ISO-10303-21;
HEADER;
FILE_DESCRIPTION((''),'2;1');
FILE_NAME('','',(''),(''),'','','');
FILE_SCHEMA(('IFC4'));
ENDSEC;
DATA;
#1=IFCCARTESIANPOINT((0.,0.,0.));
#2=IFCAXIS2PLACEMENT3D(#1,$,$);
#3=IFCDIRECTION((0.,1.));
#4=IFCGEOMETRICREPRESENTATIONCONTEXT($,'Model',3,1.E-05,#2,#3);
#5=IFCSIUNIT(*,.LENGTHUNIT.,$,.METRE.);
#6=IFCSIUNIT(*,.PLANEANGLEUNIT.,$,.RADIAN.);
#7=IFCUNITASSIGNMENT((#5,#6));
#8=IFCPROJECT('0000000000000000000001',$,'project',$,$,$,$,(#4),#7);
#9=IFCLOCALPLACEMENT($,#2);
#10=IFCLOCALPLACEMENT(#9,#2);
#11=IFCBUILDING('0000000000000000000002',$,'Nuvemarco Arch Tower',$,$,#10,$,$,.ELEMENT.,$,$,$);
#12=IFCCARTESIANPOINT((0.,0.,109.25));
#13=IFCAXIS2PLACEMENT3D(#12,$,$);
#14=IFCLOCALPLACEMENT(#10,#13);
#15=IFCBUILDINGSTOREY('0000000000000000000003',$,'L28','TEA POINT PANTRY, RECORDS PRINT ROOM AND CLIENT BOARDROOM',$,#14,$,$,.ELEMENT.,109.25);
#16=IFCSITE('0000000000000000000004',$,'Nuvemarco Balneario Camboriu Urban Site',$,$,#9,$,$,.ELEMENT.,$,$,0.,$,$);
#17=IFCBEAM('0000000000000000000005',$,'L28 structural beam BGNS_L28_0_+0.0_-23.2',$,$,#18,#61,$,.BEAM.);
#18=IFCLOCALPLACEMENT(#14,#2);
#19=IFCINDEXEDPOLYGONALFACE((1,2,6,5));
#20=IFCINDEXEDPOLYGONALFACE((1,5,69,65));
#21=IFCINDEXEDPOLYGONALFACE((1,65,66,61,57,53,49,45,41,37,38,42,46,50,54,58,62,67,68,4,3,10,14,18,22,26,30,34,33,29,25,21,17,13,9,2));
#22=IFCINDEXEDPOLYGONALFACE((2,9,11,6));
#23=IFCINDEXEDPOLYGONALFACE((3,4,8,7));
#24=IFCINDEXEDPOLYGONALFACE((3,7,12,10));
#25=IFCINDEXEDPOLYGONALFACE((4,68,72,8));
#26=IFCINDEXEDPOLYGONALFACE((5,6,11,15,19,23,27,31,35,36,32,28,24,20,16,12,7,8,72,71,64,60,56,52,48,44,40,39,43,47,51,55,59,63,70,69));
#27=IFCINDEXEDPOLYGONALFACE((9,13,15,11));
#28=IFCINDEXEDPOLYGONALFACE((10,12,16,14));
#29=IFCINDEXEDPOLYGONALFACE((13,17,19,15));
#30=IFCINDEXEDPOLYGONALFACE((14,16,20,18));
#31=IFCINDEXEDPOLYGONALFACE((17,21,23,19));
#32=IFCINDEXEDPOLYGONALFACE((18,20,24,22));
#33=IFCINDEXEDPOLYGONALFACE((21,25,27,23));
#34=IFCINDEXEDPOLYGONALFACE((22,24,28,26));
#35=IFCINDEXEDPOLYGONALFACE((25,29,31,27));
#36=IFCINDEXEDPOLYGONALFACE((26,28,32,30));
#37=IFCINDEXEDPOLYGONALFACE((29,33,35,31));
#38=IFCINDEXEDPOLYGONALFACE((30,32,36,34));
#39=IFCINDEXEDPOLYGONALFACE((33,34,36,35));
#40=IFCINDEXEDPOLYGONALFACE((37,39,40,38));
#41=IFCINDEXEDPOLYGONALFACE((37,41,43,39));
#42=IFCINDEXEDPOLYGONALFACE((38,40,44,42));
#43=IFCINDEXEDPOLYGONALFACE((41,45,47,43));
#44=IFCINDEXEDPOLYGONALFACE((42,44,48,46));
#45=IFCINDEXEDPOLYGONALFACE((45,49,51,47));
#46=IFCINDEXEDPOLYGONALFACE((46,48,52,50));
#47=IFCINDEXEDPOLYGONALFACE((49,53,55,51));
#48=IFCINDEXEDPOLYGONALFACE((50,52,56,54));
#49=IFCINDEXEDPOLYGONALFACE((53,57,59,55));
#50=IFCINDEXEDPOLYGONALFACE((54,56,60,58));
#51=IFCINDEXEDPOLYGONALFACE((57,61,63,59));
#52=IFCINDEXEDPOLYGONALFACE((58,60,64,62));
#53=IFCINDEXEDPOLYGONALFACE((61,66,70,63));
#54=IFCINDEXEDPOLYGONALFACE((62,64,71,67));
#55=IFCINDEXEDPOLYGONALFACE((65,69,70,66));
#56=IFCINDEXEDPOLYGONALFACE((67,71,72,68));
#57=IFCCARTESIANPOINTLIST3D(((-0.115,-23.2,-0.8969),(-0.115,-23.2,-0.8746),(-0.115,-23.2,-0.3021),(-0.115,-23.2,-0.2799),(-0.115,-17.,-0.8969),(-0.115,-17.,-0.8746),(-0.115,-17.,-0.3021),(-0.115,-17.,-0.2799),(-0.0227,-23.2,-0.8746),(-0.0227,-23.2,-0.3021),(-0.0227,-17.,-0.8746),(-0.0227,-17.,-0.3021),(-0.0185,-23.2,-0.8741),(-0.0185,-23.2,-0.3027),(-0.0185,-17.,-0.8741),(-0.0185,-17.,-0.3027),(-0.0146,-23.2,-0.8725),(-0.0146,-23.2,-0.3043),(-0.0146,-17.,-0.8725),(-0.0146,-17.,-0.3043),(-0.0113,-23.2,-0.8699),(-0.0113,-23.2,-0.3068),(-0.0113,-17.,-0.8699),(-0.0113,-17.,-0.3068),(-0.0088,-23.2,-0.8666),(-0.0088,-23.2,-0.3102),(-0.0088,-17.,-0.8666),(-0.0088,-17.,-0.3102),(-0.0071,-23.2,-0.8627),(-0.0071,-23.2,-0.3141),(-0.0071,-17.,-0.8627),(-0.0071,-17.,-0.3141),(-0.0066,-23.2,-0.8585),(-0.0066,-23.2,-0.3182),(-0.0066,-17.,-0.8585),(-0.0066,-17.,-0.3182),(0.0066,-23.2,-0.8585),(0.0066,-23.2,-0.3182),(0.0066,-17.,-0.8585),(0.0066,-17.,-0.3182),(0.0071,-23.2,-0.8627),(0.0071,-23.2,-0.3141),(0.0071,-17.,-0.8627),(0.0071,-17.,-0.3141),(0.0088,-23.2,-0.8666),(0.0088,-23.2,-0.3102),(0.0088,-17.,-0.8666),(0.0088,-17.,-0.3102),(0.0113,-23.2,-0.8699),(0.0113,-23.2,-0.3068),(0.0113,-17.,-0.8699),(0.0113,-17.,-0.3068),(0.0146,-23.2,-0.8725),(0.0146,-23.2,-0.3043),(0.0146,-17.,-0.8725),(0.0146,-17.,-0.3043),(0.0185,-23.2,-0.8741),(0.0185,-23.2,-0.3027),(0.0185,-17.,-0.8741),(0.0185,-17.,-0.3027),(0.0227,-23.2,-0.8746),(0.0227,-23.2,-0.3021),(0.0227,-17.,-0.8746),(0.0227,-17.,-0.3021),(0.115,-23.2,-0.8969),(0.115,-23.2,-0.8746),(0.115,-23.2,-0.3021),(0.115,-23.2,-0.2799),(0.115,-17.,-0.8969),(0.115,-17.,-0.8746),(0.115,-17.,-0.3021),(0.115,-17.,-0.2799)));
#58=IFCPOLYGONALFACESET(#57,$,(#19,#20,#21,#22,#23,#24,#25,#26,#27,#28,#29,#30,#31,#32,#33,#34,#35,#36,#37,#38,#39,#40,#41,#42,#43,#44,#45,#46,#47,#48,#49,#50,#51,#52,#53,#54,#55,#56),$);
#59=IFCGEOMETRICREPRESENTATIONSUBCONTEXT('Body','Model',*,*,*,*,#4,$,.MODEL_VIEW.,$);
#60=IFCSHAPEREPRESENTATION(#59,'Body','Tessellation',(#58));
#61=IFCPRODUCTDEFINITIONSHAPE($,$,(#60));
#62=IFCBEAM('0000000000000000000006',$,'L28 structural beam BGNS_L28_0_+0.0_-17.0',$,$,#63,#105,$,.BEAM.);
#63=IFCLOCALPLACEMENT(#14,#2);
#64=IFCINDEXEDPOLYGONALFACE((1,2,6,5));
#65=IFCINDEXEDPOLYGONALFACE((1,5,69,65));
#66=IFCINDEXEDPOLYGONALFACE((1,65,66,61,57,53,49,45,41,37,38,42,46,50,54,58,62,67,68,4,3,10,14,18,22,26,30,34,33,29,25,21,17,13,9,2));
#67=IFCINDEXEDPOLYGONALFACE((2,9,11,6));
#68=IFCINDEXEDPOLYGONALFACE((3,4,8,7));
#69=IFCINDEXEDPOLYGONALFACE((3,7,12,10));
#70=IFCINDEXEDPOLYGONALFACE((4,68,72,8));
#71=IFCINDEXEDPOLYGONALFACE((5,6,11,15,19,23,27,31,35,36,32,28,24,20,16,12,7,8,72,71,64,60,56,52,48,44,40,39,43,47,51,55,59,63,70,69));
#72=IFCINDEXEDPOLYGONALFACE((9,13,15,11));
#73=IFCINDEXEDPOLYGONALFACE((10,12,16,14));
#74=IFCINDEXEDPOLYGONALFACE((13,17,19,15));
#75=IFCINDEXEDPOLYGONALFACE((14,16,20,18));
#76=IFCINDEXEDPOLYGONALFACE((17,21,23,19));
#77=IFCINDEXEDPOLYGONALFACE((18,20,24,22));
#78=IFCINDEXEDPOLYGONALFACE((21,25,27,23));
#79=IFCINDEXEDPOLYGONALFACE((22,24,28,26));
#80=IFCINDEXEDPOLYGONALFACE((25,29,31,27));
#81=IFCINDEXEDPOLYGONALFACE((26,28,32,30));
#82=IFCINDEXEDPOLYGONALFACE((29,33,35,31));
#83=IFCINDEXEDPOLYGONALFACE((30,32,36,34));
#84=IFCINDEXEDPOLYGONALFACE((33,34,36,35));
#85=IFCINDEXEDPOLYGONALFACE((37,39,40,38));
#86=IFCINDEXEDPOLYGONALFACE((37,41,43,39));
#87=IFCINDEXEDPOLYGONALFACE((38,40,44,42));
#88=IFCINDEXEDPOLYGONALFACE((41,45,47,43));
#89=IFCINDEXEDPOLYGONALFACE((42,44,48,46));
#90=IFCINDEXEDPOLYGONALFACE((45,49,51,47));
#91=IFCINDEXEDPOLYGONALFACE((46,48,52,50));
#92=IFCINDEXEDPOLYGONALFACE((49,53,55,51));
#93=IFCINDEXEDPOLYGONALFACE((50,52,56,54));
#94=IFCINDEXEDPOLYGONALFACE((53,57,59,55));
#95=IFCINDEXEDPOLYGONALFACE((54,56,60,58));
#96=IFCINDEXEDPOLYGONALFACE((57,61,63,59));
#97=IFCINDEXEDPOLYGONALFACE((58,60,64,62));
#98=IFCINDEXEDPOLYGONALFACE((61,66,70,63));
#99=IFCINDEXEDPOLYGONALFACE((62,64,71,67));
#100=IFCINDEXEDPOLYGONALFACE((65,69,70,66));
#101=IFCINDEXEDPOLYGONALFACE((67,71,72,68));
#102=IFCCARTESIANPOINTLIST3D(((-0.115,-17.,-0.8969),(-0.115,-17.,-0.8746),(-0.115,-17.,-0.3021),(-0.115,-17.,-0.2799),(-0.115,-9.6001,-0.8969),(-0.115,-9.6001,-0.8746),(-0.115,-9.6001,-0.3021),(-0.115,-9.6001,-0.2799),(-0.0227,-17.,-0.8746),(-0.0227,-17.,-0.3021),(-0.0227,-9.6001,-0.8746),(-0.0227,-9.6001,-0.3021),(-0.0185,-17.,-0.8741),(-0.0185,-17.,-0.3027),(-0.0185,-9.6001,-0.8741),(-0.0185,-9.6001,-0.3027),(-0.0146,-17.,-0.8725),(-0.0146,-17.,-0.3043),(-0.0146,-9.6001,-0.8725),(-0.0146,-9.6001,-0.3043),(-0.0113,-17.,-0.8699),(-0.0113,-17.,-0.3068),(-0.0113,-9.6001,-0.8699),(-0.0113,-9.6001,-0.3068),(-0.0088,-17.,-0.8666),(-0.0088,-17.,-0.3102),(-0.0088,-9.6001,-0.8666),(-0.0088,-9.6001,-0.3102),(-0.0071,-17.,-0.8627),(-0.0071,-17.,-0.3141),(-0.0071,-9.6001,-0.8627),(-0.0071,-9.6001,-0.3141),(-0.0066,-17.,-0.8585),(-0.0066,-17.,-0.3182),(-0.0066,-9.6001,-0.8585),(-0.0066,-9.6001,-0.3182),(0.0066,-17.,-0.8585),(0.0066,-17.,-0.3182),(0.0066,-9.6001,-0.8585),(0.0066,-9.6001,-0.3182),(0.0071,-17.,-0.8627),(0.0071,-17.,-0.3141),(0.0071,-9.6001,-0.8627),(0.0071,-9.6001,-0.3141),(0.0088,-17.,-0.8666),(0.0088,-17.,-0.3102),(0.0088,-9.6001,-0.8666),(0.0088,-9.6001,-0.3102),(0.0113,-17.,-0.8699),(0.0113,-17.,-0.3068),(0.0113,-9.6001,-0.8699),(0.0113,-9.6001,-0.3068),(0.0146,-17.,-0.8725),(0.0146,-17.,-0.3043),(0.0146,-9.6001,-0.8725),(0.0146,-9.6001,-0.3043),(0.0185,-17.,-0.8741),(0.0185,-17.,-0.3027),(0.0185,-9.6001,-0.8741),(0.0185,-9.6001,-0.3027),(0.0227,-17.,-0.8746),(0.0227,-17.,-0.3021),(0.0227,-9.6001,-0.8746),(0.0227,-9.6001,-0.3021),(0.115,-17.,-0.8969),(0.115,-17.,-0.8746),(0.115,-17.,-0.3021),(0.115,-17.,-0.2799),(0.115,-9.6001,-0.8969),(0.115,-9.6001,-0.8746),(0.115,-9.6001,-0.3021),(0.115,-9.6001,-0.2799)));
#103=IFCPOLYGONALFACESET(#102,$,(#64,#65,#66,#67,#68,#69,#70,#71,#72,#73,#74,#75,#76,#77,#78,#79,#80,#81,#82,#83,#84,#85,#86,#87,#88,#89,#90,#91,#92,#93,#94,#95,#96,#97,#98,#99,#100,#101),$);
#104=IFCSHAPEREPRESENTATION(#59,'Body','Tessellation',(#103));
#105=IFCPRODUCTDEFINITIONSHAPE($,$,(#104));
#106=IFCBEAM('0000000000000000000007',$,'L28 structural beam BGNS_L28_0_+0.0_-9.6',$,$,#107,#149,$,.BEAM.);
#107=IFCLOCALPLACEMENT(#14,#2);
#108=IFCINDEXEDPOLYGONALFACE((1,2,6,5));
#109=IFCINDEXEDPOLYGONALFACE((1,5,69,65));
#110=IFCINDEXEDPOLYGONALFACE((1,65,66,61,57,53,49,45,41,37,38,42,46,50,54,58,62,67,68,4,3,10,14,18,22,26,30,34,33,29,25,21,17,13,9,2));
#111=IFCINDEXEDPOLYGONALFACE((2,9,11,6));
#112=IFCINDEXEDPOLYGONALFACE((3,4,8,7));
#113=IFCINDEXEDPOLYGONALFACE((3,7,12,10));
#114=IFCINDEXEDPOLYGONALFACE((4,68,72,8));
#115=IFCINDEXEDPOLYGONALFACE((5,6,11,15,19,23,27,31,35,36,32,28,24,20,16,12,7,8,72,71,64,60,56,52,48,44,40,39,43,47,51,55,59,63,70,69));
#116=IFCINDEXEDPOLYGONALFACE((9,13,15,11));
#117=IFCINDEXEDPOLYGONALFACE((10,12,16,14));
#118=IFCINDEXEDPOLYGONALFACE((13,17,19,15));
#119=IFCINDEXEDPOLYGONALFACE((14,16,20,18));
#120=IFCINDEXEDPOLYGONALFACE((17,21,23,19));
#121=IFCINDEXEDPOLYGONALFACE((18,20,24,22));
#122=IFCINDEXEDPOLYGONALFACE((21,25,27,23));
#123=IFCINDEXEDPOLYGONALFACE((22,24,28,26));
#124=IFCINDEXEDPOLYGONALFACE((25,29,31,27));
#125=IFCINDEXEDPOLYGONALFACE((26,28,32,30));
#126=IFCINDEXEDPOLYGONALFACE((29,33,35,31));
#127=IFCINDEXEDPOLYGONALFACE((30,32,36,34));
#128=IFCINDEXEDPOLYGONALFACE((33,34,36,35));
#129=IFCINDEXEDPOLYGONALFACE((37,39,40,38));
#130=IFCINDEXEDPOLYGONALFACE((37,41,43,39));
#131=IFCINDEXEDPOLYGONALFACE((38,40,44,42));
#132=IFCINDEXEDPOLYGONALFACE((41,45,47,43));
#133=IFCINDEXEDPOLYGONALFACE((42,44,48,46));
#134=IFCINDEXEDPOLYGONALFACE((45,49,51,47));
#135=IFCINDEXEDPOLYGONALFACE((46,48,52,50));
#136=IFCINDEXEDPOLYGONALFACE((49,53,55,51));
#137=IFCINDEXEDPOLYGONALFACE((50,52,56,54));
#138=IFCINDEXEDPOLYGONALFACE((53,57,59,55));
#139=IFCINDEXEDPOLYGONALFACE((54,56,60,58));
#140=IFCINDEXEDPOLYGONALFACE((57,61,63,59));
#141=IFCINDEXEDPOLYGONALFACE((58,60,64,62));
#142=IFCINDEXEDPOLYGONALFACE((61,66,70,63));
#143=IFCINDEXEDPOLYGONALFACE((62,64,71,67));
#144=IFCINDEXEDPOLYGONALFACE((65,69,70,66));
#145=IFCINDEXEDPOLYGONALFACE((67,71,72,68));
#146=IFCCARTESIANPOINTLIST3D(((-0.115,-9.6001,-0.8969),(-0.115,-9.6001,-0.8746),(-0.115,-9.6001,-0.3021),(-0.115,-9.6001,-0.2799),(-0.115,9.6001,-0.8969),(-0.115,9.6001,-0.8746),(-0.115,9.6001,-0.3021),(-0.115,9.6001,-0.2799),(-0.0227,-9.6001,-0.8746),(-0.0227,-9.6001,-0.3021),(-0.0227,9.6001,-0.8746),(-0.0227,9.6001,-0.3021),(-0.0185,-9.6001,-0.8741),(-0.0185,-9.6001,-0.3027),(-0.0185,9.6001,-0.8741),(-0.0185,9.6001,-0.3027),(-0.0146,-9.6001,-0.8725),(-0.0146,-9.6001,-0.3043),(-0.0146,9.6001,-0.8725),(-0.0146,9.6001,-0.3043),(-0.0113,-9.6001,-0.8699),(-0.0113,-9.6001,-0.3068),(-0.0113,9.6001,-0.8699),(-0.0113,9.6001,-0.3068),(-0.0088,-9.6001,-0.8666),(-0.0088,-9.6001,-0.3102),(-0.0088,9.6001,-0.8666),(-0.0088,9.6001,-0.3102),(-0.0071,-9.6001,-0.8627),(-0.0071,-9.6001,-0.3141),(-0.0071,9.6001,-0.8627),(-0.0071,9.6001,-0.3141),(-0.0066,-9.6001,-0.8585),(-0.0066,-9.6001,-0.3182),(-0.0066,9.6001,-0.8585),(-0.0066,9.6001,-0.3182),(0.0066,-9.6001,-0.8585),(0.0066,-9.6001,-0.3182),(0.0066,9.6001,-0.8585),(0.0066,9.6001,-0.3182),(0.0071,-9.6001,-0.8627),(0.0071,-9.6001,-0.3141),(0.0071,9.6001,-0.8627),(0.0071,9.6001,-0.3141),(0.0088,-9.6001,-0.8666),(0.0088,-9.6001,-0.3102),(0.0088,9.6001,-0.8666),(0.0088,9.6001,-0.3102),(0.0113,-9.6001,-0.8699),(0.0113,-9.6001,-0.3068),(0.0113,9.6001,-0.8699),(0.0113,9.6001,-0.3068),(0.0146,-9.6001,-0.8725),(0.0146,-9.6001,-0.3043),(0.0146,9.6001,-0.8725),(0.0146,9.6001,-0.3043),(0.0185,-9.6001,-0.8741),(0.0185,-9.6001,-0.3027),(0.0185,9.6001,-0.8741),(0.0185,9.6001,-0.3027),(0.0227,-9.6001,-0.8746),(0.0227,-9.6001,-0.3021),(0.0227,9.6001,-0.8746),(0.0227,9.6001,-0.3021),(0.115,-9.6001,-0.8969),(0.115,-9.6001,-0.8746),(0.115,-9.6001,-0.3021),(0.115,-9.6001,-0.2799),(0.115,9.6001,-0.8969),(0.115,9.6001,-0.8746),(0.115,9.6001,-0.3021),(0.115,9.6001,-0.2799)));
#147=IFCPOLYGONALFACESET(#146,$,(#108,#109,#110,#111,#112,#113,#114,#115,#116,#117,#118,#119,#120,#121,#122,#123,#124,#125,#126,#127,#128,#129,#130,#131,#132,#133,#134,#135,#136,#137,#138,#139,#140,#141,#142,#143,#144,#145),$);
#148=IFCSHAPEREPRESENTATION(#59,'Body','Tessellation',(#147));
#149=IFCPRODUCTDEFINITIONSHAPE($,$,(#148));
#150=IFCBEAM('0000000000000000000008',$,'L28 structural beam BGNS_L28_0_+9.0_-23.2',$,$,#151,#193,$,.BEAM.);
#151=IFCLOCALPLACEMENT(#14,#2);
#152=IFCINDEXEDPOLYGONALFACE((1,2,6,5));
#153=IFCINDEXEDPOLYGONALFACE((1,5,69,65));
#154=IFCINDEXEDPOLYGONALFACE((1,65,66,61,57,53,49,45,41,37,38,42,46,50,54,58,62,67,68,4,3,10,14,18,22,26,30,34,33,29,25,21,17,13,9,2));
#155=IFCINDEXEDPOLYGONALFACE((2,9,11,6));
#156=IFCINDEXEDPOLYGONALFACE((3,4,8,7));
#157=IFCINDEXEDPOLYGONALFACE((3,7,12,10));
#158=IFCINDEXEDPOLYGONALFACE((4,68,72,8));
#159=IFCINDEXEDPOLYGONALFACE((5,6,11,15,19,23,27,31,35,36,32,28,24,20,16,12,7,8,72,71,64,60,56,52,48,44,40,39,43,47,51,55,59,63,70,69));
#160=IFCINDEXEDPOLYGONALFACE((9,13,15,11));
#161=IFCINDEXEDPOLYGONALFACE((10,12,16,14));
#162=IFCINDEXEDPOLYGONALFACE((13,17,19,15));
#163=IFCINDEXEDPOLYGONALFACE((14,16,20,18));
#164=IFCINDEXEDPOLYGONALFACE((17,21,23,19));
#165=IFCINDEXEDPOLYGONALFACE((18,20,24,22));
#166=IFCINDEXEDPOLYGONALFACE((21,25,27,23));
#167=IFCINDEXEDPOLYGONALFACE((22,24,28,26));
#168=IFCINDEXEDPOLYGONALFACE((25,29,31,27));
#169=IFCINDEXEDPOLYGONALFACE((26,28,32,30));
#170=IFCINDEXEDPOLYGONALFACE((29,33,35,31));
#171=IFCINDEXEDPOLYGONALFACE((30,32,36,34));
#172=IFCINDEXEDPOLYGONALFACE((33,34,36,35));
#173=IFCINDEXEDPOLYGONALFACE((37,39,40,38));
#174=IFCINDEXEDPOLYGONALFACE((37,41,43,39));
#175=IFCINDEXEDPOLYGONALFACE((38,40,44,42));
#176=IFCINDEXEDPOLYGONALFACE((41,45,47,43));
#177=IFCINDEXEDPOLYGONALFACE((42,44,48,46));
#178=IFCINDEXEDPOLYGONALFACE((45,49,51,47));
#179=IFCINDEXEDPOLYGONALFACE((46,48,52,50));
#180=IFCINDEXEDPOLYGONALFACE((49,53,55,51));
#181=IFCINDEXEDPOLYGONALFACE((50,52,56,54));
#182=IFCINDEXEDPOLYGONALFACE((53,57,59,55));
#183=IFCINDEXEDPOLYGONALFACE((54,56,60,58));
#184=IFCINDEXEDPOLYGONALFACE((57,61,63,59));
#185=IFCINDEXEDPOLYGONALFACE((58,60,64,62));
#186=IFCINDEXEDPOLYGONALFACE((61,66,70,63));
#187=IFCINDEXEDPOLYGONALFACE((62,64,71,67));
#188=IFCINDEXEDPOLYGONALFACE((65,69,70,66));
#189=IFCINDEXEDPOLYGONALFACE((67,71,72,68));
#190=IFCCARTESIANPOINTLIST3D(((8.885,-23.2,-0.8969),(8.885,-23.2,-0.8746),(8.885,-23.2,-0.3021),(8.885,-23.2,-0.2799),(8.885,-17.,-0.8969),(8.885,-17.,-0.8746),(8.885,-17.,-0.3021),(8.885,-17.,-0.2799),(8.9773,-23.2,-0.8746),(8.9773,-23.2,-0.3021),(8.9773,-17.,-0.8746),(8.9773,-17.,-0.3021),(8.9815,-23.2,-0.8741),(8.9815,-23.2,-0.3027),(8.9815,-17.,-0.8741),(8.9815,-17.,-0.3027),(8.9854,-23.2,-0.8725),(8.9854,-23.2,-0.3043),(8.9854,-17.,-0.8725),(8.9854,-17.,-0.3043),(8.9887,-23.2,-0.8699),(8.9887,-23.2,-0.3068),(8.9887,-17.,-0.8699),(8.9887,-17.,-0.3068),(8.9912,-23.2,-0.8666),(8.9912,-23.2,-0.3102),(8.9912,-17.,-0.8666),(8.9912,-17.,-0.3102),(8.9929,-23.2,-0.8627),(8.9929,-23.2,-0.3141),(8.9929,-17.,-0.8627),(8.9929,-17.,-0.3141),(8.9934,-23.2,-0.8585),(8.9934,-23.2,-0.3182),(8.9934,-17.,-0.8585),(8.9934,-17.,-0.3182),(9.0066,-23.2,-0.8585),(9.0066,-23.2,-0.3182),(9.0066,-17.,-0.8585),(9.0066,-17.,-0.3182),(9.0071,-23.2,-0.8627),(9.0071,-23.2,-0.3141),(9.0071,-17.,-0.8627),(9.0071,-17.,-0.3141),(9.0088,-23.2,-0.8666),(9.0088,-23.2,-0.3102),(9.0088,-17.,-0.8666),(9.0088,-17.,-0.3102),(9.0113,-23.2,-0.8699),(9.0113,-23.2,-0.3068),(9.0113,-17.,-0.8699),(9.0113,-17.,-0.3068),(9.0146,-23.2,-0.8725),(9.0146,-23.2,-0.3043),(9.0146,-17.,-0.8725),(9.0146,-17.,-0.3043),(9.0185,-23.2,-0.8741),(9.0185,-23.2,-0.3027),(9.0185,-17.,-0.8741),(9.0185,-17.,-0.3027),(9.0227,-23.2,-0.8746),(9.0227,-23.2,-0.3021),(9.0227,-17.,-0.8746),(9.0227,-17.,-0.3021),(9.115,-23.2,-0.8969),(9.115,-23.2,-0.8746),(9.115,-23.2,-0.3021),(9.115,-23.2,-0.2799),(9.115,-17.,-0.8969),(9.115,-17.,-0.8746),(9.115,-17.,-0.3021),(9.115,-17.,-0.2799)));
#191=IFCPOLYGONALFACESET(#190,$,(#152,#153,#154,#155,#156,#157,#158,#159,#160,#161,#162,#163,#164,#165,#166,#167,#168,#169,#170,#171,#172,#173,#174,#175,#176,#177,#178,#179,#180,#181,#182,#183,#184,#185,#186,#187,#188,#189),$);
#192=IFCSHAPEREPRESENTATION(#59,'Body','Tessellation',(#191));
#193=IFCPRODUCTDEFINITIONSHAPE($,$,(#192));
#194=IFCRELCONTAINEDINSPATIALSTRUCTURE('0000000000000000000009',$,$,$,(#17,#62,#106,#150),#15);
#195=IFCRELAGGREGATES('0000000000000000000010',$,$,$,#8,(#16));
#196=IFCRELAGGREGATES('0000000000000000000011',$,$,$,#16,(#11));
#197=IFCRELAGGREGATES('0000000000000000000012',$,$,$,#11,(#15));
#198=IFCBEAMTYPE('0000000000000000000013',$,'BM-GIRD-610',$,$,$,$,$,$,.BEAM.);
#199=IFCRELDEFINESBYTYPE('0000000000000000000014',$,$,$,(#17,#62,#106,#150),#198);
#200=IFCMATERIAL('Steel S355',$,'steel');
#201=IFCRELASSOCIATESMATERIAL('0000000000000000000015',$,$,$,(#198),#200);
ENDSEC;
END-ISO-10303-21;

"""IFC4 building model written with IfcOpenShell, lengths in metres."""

from ifc_helpers import new_model, si_unit, direction, frame, origin, origin_2d, place, context, subcontext, project, spatial, i_section, extrude, material, material_profile, profile_set, type_object, element, save


model = new_model("IFC4")

# Units and contexts
model_context = context("Model", 3, precision=1e-05, world=origin(), true_north=direction((0.0, 1.0)))
body_context = subcontext(model_context, "Body", "Model", "MODEL_VIEW")
ifc_project = project(units=[si_unit("LENGTHUNIT", "METRE"), si_unit("PLANEANGLEUNIT", "RADIAN")], contexts=[model_context])

# Site, building, storey
site_placement = place(None, origin())
site = spatial("IfcSite", under=ifc_project, at=site_placement, Name="Nuvemarco Balneario Camboriu Urban Site", CompositionType="ELEMENT", RefElevation=0.0)
building_placement = place(site_placement, origin())
building = spatial("IfcBuilding", under=site, at=building_placement, Name="Nuvemarco Arch Tower", CompositionType="ELEMENT")
storey_placement = place(building_placement, frame((0.0, 0.0, 109.25)))
storey = spatial("IfcBuildingStorey", under=building, at=storey_placement, Name="L28", Description="TEA POINT PANTRY, RECORDS PRINT ROOM AND CLIENT BOARDROOM", CompositionType="ELEMENT", Elevation=109.25)

# Shared definitions
ifc_material_1 = material(Name="Steel S355", Category="steel")

# Beams
ifc_material_profile_1 = material_profile(ifc_material_1, i_section(OverallWidth=0.23, OverallDepth=0.6169, WebThickness=0.0132, FlangeThickness=0.0222, FilletRadius=0.0161, at=origin_2d()), Name="W610x140")
ifc_profile_set_1 = profile_set([ifc_material_profile_1], Name="Steel S355")
beam_type_1 = type_object("IfcBeamType", Name="BM-GIRD-610", PredefinedType="BEAM", material=ifc_profile_set_1)
beam_1_placement = place(storey_placement, frame((0.0, -23.2, -0.5884), z_axis=(0.0, 1.0, 0.0), x_axis=(-1.0, 0.0, 0.0)))
element("IfcBeam", 1, at=beam_1_placement, inside=storey, type_object=beam_type_1, Name="L28 structural beam BGNS_L28_0_+0.0_-23.2", PredefinedType="BEAM", context=body_context, shape_type="SweptSolid", body=[
    extrude(i_section(OverallWidth=0.23, OverallDepth=0.6169, WebThickness=0.0132, FlangeThickness=0.0222, FilletRadius=0.0161, at=origin_2d()), origin(), (0.0, 0.0, 1.0), 6.2),
])
beam_2_placement = place(storey_placement, frame((0.0, -17.0, -0.5884), z_axis=(0.0, 1.0, 0.0), x_axis=(-1.0, 0.0, 0.0)))
element("IfcBeam", 2, at=beam_2_placement, inside=storey, type_object=beam_type_1, Name="L28 structural beam BGNS_L28_0_+0.0_-17.0", PredefinedType="BEAM", context=body_context, shape_type="SweptSolid", body=[
    extrude(i_section(OverallWidth=0.23, OverallDepth=0.6169, WebThickness=0.0132, FlangeThickness=0.0222, FilletRadius=0.0161, at=origin_2d()), origin(), (0.0, 0.0, 1.0), 7.3999),
])
beam_3_placement = place(storey_placement, frame((0.0, -9.6001, -0.5884), z_axis=(0.0, 1.0, 0.0), x_axis=(-1.0, 0.0, 0.0)))
element("IfcBeam", 3, at=beam_3_placement, inside=storey, type_object=beam_type_1, Name="L28 structural beam BGNS_L28_0_+0.0_-9.6", PredefinedType="BEAM", context=body_context, shape_type="SweptSolid", body=[
    extrude(i_section(OverallWidth=0.23, OverallDepth=0.6169, WebThickness=0.0132, FlangeThickness=0.0222, FilletRadius=0.0161, at=origin_2d()), origin(), (0.0, 0.0, 1.0), 19.2002),
])
beam_4_placement = place(storey_placement, frame((9.0, -23.2, -0.5884), z_axis=(0.0, 1.0, 0.0), x_axis=(-1.0, 0.0, 0.0)))
element("IfcBeam", 4, at=beam_4_placement, inside=storey, type_object=beam_type_1, Name="L28 structural beam BGNS_L28_0_+9.0_-23.2", PredefinedType="BEAM", context=body_context, shape_type="SweptSolid", body=[
    extrude(i_section(OverallWidth=0.23, OverallDepth=0.6169, WebThickness=0.0132, FlangeThickness=0.0222, FilletRadius=0.0161, at=origin_2d()), origin(), (0.0, 0.0, 1.0), 6.2),
])

save(model, "model.ifc")
